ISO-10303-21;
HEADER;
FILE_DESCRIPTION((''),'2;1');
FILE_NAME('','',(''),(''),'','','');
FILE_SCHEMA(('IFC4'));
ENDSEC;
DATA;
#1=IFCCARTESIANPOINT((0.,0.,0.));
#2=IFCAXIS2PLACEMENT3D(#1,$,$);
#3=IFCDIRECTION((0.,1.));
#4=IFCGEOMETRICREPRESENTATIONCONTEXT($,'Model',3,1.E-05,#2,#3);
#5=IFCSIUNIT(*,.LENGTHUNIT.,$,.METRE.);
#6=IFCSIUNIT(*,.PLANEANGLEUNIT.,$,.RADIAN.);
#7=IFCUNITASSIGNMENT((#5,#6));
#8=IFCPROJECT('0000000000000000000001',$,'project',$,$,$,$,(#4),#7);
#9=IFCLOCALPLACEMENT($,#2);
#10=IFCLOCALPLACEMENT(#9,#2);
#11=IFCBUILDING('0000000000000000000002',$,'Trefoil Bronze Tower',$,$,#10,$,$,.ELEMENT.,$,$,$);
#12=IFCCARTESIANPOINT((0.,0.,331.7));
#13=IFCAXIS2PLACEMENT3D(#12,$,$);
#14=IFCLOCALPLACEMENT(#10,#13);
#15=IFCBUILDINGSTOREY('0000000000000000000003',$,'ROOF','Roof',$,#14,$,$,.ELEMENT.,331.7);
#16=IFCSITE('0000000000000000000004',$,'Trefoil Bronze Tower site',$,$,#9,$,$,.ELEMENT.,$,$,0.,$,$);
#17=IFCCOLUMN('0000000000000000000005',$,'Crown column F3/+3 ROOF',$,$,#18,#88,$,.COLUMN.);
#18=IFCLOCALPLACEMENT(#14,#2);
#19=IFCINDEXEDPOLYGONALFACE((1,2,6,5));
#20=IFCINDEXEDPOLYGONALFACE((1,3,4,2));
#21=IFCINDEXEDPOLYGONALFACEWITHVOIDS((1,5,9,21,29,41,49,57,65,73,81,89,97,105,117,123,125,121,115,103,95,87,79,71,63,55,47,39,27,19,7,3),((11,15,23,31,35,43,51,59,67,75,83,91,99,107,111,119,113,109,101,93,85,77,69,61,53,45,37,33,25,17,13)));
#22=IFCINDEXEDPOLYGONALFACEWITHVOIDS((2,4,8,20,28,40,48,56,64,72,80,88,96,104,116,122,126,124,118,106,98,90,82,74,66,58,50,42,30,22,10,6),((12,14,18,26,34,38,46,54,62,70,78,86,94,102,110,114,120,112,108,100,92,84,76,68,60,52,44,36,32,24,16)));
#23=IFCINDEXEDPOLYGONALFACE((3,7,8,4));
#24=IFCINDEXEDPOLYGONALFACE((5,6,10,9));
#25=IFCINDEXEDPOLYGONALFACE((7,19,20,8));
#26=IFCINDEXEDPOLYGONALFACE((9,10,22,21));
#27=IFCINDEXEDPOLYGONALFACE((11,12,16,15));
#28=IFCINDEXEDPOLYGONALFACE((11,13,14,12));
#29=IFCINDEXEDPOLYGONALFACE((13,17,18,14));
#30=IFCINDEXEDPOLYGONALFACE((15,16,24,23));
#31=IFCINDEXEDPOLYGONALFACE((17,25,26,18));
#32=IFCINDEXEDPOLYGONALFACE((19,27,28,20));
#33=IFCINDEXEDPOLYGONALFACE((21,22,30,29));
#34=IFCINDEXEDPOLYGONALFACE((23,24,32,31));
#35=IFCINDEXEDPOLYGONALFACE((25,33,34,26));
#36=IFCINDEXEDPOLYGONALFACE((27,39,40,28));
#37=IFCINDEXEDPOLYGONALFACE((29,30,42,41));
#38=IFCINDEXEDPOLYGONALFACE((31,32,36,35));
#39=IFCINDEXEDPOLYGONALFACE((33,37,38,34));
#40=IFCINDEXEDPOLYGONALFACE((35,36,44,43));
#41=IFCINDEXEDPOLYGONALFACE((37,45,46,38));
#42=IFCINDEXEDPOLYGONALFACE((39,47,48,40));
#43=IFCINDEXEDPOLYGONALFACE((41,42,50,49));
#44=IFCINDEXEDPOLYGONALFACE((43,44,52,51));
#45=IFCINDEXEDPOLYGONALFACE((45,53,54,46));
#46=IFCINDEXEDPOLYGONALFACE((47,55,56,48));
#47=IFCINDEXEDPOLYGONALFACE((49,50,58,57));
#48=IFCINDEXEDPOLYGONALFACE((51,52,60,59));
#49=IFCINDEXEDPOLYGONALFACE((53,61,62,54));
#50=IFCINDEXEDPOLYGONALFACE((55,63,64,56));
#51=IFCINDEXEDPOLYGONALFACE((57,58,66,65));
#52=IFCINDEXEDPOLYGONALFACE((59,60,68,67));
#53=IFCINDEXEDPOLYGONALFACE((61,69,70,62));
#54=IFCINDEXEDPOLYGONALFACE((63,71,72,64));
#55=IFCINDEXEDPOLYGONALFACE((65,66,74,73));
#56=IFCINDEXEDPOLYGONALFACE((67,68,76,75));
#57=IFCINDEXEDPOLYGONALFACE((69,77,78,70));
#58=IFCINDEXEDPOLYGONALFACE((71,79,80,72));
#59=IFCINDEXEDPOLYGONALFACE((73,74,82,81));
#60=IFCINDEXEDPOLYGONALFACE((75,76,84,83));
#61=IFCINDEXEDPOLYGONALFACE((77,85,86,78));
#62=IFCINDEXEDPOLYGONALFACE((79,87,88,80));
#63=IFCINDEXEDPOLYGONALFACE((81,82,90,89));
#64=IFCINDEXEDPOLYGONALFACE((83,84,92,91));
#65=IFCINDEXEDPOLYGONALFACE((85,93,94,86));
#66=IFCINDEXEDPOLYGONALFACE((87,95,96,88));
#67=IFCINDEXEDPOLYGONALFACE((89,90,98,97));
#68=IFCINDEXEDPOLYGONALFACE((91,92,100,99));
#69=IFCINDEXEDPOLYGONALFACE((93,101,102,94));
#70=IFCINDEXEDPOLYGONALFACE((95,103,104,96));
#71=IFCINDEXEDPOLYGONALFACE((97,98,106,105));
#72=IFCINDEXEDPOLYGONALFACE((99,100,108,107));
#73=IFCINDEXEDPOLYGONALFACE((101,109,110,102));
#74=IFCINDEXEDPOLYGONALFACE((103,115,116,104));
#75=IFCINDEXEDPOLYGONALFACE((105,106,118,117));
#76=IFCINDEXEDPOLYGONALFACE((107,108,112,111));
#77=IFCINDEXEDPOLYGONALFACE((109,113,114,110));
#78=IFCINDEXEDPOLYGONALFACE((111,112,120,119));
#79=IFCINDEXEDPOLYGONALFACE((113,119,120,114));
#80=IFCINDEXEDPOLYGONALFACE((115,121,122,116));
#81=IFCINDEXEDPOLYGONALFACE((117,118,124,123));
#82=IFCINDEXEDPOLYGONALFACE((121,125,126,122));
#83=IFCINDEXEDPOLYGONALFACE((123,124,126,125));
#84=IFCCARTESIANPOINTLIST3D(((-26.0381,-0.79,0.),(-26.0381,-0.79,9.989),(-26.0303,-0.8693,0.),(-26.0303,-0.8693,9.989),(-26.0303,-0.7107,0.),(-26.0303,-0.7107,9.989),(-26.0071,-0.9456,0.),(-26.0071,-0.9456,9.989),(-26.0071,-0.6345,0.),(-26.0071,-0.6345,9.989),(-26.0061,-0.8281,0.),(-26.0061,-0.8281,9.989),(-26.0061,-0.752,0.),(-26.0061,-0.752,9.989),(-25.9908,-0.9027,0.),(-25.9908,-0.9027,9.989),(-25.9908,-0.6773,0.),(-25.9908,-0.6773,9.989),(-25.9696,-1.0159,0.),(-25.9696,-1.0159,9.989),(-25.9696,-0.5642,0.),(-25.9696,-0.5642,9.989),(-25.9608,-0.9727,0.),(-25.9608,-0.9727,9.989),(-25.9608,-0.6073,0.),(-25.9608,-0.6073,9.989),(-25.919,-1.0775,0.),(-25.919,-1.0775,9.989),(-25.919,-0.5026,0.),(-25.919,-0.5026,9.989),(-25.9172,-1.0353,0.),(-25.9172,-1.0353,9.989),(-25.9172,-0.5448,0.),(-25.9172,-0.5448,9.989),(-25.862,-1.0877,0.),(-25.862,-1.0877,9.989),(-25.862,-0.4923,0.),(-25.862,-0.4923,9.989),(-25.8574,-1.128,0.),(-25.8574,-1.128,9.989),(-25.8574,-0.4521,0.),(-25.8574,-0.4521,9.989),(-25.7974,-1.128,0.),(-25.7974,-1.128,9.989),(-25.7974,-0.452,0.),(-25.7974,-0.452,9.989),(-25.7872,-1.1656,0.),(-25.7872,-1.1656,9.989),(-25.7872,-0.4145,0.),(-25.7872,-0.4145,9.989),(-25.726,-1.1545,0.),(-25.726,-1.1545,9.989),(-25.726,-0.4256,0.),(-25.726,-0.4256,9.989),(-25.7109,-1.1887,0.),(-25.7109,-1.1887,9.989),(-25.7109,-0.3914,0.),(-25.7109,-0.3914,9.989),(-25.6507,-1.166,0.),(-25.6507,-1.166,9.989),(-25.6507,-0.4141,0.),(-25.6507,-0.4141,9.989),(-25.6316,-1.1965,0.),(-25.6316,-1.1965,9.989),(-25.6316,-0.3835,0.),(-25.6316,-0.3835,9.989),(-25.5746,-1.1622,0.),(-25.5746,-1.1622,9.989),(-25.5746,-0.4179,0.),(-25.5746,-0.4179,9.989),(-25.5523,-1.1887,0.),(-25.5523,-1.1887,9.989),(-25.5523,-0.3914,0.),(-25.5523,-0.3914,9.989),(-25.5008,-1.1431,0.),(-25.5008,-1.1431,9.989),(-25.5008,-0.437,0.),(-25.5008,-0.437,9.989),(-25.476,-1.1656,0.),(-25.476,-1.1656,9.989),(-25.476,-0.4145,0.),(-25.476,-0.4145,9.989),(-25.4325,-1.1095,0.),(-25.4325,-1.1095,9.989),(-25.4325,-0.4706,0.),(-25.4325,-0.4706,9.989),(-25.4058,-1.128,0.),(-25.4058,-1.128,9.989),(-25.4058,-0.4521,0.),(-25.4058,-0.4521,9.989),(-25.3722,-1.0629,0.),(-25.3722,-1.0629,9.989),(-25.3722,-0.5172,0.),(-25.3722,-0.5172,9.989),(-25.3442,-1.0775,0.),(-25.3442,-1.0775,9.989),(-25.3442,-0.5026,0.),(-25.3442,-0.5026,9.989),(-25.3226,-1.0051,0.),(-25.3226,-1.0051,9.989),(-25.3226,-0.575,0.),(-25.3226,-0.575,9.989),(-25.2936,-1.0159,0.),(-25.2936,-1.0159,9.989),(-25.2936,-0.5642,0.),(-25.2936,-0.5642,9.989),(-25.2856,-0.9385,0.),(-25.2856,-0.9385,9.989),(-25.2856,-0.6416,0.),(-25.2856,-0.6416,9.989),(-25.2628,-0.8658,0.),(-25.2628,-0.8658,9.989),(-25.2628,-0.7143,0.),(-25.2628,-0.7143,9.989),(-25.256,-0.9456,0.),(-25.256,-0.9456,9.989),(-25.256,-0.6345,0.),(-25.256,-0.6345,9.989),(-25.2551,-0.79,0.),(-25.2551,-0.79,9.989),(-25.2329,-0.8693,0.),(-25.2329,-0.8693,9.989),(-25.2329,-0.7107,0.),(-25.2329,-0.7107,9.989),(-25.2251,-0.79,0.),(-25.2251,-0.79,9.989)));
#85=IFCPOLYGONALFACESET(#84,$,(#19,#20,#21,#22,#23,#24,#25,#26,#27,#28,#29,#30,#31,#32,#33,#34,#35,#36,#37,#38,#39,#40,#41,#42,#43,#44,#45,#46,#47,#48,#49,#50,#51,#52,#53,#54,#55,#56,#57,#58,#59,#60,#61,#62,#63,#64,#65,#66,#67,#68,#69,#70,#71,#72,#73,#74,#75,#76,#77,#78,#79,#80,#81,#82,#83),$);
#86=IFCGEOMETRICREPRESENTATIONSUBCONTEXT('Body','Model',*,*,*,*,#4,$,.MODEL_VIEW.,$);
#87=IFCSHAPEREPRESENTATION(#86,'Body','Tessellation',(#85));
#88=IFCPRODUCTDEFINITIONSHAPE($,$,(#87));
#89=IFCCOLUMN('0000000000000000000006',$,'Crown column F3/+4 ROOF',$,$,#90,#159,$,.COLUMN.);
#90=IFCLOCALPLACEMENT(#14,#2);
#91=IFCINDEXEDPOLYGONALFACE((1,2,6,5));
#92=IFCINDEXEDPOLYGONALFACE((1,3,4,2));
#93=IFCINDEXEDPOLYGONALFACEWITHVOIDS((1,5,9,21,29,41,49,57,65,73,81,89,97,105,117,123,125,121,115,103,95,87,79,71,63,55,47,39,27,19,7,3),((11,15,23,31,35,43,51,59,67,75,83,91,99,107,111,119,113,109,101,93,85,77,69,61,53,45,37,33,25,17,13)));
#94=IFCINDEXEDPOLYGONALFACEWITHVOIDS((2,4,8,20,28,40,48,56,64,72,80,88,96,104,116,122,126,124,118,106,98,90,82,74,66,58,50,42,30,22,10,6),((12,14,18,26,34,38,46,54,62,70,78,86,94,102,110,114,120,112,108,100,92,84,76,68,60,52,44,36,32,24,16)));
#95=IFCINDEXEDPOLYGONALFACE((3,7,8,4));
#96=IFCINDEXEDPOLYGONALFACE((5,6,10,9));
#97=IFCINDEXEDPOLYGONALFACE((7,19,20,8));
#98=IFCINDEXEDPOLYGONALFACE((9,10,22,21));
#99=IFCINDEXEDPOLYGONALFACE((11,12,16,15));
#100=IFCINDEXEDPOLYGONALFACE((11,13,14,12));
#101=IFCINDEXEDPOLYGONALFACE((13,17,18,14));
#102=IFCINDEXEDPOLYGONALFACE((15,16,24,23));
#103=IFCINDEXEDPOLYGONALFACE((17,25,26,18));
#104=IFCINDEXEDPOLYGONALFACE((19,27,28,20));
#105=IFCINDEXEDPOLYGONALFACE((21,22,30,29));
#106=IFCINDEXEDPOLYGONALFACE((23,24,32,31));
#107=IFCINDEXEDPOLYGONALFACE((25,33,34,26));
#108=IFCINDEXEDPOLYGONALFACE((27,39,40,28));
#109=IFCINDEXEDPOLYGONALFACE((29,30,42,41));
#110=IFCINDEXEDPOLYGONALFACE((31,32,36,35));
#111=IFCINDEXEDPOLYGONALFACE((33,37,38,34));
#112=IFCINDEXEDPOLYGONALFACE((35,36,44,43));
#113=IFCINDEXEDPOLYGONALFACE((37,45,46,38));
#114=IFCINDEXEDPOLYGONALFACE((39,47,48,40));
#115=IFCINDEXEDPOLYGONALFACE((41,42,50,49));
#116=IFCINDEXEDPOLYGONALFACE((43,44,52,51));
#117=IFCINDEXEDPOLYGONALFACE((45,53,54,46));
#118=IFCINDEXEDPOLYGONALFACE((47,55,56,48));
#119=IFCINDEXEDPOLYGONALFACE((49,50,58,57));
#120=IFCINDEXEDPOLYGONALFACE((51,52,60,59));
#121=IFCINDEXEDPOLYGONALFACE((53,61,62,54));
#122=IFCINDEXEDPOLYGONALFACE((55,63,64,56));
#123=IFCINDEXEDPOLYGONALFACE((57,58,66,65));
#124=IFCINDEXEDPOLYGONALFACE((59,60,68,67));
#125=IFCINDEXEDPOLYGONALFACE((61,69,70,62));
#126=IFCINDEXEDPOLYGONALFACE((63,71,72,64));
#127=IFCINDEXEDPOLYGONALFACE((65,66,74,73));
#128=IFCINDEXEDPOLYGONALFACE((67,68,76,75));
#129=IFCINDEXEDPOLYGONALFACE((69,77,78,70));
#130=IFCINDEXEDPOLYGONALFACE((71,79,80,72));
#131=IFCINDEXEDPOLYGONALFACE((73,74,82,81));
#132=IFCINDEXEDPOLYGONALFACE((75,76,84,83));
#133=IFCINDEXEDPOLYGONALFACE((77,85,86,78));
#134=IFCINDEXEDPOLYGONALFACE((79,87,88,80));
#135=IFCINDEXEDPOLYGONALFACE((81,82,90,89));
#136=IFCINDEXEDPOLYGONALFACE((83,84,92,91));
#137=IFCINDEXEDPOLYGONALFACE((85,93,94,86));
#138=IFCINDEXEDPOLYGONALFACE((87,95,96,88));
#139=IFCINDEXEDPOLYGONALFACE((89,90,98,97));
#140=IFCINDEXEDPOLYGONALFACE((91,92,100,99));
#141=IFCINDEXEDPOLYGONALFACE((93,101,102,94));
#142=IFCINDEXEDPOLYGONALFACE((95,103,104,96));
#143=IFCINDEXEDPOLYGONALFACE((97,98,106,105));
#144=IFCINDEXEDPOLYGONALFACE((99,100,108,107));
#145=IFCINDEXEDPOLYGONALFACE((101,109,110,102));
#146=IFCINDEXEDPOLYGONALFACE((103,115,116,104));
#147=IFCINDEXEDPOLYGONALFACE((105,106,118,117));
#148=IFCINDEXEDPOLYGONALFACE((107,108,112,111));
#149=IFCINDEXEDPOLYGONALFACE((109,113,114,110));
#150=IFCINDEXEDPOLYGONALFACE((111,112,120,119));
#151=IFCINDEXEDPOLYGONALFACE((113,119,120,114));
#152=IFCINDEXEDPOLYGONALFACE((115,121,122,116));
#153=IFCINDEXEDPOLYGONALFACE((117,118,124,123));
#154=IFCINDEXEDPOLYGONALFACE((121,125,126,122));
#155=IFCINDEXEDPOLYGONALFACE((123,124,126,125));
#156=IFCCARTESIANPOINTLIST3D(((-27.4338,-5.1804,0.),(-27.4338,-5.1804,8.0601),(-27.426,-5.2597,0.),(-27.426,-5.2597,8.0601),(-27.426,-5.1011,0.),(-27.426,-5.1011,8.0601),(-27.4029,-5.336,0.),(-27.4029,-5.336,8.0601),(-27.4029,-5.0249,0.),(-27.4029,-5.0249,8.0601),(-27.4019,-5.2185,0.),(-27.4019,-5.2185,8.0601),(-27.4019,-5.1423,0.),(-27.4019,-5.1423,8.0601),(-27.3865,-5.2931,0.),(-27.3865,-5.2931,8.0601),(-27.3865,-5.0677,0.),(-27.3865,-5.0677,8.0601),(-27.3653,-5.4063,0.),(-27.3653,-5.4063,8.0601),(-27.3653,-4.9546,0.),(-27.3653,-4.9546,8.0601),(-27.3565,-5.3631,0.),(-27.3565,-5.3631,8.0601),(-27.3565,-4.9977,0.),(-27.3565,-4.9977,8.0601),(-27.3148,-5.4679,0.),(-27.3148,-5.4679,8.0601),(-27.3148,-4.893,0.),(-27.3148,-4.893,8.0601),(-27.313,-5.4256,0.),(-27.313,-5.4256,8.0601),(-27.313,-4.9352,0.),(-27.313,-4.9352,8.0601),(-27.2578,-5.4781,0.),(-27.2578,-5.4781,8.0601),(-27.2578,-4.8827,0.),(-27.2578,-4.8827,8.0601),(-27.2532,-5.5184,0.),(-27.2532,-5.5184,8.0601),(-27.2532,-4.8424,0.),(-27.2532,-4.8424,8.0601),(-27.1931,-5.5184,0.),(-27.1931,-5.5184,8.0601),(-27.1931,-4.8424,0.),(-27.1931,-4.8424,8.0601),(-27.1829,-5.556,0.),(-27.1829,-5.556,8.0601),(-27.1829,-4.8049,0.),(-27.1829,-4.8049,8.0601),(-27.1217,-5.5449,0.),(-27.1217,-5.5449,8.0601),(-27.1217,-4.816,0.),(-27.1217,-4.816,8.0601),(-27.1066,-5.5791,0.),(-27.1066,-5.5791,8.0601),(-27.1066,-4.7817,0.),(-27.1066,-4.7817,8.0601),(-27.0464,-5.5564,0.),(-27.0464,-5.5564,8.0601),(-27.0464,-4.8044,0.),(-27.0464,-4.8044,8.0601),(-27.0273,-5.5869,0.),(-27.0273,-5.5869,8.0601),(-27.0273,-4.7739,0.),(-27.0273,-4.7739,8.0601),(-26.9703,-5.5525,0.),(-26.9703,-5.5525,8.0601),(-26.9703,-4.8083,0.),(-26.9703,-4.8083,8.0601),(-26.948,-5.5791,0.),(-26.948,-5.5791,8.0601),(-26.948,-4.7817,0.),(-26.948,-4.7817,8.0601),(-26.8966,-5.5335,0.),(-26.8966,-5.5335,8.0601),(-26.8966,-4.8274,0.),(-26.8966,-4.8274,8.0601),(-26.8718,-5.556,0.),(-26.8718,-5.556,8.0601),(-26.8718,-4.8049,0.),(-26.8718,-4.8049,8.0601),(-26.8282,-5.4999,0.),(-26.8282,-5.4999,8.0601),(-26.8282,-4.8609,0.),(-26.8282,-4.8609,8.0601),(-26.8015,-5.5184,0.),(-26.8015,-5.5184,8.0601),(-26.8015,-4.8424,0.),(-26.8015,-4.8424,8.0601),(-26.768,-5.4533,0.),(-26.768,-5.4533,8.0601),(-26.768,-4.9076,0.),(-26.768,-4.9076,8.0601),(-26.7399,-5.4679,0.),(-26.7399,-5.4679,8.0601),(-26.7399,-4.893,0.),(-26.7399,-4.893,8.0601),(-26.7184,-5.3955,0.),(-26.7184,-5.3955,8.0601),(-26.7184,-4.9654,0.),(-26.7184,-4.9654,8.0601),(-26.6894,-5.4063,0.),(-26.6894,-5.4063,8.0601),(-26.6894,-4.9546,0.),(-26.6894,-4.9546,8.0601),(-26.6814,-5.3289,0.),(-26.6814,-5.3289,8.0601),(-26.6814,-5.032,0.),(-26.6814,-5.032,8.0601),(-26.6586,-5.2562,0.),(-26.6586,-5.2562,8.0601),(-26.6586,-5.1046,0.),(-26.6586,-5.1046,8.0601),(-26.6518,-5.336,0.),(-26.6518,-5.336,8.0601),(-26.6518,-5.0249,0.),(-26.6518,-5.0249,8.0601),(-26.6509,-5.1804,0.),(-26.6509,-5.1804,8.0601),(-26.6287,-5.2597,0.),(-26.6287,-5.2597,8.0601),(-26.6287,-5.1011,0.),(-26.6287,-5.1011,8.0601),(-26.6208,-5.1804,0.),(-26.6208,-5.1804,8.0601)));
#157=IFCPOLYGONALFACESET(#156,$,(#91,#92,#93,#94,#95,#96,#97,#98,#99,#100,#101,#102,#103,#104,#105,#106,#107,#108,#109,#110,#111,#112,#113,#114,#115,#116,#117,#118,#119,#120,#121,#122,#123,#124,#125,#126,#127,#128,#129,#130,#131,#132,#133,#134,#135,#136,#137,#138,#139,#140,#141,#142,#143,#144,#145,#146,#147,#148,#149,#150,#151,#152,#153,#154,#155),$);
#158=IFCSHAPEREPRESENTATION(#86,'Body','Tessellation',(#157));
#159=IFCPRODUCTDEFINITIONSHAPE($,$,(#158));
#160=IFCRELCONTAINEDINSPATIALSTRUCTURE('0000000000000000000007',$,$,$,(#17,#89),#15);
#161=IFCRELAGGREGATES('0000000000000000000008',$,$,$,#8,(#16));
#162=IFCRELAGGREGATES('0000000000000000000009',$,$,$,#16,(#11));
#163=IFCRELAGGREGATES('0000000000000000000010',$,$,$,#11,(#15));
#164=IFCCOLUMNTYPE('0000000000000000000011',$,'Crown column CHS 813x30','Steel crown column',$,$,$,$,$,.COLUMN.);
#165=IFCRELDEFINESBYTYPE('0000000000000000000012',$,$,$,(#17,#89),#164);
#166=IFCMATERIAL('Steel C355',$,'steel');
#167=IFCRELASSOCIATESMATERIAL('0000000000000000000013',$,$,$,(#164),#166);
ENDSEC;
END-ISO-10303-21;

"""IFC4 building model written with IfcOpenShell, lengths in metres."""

from ifc_helpers import new_model, si_unit, direction, frame, origin, origin_2d, place, context, subcontext, project, spatial, hollow_circle, extrude, material, material_profile, profile_set, type_object, element, save


model = new_model("IFC4")

# Units and contexts
model_context = context("Model", 3, precision=1e-05, world=origin(), true_north=direction((0.0, 1.0)))
body_context = subcontext(model_context, "Body", "Model", "MODEL_VIEW")
ifc_project = project(units=[si_unit("LENGTHUNIT", "METRE"), si_unit("PLANEANGLEUNIT", "RADIAN")], contexts=[model_context])

# Site, building, storey
site_placement = place(None, origin())
site = spatial("IfcSite", under=ifc_project, at=site_placement, Name="Trefoil Bronze Tower site", CompositionType="ELEMENT", RefElevation=0.0)
building_placement = place(site_placement, origin())
building = spatial("IfcBuilding", under=site, at=building_placement, Name="Trefoil Bronze Tower", CompositionType="ELEMENT")
storey_placement = place(building_placement, frame((0.0, 0.0, 331.7)))
storey = spatial("IfcBuildingStorey", under=building, at=storey_placement, Name="ROOF", Description="Roof", CompositionType="ELEMENT", Elevation=331.7)

# Columns
ifc_material_1 = material(Name="Steel C355", Category="steel")
ifc_material_profile_1 = material_profile(ifc_material_1, hollow_circle(Radius=0.4065, WallThickness=0.03, at=origin_2d()), Name="CHS 813x30")
ifc_profile_set_1 = profile_set([ifc_material_profile_1], Name="Steel C355")
column_type_1 = type_object("IfcColumnType", Name="Crown column CHS 813x30", Description="Steel crown column", PredefinedType="COLUMN", material=ifc_profile_set_1)
column_1_placement = place(storey_placement, frame((-25.6316, -0.79, 0.0), z_axis=(0.0, 0.0, 1.0), x_axis=(1.0, 0.0, 0.0)))
element("IfcColumn", 1, at=column_1_placement, inside=storey, type_object=column_type_1, Name="Crown column F3/+3 ROOF", PredefinedType="COLUMN", context=body_context, shape_type="SweptSolid", body=[
    extrude(hollow_circle(Radius=0.4065, WallThickness=0.03, at=origin_2d()), origin(), (0.0, 0.0, 1.0), 9.989),
])
column_2_placement = place(storey_placement, frame((-27.0273, -5.1804, 0.0), z_axis=(0.0, 0.0, 1.0), x_axis=(1.0, 0.0, 0.0)))
element("IfcColumn", 2, at=column_2_placement, inside=storey, type_object=column_type_1, Name="Crown column F3/+4 ROOF", PredefinedType="COLUMN", context=body_context, shape_type="SweptSolid", body=[
    extrude(hollow_circle(Radius=0.4065, WallThickness=0.03, at=origin_2d()), origin(), (0.0, 0.0, 1.0), 8.0601),
])

save(model, "model.ifc")
